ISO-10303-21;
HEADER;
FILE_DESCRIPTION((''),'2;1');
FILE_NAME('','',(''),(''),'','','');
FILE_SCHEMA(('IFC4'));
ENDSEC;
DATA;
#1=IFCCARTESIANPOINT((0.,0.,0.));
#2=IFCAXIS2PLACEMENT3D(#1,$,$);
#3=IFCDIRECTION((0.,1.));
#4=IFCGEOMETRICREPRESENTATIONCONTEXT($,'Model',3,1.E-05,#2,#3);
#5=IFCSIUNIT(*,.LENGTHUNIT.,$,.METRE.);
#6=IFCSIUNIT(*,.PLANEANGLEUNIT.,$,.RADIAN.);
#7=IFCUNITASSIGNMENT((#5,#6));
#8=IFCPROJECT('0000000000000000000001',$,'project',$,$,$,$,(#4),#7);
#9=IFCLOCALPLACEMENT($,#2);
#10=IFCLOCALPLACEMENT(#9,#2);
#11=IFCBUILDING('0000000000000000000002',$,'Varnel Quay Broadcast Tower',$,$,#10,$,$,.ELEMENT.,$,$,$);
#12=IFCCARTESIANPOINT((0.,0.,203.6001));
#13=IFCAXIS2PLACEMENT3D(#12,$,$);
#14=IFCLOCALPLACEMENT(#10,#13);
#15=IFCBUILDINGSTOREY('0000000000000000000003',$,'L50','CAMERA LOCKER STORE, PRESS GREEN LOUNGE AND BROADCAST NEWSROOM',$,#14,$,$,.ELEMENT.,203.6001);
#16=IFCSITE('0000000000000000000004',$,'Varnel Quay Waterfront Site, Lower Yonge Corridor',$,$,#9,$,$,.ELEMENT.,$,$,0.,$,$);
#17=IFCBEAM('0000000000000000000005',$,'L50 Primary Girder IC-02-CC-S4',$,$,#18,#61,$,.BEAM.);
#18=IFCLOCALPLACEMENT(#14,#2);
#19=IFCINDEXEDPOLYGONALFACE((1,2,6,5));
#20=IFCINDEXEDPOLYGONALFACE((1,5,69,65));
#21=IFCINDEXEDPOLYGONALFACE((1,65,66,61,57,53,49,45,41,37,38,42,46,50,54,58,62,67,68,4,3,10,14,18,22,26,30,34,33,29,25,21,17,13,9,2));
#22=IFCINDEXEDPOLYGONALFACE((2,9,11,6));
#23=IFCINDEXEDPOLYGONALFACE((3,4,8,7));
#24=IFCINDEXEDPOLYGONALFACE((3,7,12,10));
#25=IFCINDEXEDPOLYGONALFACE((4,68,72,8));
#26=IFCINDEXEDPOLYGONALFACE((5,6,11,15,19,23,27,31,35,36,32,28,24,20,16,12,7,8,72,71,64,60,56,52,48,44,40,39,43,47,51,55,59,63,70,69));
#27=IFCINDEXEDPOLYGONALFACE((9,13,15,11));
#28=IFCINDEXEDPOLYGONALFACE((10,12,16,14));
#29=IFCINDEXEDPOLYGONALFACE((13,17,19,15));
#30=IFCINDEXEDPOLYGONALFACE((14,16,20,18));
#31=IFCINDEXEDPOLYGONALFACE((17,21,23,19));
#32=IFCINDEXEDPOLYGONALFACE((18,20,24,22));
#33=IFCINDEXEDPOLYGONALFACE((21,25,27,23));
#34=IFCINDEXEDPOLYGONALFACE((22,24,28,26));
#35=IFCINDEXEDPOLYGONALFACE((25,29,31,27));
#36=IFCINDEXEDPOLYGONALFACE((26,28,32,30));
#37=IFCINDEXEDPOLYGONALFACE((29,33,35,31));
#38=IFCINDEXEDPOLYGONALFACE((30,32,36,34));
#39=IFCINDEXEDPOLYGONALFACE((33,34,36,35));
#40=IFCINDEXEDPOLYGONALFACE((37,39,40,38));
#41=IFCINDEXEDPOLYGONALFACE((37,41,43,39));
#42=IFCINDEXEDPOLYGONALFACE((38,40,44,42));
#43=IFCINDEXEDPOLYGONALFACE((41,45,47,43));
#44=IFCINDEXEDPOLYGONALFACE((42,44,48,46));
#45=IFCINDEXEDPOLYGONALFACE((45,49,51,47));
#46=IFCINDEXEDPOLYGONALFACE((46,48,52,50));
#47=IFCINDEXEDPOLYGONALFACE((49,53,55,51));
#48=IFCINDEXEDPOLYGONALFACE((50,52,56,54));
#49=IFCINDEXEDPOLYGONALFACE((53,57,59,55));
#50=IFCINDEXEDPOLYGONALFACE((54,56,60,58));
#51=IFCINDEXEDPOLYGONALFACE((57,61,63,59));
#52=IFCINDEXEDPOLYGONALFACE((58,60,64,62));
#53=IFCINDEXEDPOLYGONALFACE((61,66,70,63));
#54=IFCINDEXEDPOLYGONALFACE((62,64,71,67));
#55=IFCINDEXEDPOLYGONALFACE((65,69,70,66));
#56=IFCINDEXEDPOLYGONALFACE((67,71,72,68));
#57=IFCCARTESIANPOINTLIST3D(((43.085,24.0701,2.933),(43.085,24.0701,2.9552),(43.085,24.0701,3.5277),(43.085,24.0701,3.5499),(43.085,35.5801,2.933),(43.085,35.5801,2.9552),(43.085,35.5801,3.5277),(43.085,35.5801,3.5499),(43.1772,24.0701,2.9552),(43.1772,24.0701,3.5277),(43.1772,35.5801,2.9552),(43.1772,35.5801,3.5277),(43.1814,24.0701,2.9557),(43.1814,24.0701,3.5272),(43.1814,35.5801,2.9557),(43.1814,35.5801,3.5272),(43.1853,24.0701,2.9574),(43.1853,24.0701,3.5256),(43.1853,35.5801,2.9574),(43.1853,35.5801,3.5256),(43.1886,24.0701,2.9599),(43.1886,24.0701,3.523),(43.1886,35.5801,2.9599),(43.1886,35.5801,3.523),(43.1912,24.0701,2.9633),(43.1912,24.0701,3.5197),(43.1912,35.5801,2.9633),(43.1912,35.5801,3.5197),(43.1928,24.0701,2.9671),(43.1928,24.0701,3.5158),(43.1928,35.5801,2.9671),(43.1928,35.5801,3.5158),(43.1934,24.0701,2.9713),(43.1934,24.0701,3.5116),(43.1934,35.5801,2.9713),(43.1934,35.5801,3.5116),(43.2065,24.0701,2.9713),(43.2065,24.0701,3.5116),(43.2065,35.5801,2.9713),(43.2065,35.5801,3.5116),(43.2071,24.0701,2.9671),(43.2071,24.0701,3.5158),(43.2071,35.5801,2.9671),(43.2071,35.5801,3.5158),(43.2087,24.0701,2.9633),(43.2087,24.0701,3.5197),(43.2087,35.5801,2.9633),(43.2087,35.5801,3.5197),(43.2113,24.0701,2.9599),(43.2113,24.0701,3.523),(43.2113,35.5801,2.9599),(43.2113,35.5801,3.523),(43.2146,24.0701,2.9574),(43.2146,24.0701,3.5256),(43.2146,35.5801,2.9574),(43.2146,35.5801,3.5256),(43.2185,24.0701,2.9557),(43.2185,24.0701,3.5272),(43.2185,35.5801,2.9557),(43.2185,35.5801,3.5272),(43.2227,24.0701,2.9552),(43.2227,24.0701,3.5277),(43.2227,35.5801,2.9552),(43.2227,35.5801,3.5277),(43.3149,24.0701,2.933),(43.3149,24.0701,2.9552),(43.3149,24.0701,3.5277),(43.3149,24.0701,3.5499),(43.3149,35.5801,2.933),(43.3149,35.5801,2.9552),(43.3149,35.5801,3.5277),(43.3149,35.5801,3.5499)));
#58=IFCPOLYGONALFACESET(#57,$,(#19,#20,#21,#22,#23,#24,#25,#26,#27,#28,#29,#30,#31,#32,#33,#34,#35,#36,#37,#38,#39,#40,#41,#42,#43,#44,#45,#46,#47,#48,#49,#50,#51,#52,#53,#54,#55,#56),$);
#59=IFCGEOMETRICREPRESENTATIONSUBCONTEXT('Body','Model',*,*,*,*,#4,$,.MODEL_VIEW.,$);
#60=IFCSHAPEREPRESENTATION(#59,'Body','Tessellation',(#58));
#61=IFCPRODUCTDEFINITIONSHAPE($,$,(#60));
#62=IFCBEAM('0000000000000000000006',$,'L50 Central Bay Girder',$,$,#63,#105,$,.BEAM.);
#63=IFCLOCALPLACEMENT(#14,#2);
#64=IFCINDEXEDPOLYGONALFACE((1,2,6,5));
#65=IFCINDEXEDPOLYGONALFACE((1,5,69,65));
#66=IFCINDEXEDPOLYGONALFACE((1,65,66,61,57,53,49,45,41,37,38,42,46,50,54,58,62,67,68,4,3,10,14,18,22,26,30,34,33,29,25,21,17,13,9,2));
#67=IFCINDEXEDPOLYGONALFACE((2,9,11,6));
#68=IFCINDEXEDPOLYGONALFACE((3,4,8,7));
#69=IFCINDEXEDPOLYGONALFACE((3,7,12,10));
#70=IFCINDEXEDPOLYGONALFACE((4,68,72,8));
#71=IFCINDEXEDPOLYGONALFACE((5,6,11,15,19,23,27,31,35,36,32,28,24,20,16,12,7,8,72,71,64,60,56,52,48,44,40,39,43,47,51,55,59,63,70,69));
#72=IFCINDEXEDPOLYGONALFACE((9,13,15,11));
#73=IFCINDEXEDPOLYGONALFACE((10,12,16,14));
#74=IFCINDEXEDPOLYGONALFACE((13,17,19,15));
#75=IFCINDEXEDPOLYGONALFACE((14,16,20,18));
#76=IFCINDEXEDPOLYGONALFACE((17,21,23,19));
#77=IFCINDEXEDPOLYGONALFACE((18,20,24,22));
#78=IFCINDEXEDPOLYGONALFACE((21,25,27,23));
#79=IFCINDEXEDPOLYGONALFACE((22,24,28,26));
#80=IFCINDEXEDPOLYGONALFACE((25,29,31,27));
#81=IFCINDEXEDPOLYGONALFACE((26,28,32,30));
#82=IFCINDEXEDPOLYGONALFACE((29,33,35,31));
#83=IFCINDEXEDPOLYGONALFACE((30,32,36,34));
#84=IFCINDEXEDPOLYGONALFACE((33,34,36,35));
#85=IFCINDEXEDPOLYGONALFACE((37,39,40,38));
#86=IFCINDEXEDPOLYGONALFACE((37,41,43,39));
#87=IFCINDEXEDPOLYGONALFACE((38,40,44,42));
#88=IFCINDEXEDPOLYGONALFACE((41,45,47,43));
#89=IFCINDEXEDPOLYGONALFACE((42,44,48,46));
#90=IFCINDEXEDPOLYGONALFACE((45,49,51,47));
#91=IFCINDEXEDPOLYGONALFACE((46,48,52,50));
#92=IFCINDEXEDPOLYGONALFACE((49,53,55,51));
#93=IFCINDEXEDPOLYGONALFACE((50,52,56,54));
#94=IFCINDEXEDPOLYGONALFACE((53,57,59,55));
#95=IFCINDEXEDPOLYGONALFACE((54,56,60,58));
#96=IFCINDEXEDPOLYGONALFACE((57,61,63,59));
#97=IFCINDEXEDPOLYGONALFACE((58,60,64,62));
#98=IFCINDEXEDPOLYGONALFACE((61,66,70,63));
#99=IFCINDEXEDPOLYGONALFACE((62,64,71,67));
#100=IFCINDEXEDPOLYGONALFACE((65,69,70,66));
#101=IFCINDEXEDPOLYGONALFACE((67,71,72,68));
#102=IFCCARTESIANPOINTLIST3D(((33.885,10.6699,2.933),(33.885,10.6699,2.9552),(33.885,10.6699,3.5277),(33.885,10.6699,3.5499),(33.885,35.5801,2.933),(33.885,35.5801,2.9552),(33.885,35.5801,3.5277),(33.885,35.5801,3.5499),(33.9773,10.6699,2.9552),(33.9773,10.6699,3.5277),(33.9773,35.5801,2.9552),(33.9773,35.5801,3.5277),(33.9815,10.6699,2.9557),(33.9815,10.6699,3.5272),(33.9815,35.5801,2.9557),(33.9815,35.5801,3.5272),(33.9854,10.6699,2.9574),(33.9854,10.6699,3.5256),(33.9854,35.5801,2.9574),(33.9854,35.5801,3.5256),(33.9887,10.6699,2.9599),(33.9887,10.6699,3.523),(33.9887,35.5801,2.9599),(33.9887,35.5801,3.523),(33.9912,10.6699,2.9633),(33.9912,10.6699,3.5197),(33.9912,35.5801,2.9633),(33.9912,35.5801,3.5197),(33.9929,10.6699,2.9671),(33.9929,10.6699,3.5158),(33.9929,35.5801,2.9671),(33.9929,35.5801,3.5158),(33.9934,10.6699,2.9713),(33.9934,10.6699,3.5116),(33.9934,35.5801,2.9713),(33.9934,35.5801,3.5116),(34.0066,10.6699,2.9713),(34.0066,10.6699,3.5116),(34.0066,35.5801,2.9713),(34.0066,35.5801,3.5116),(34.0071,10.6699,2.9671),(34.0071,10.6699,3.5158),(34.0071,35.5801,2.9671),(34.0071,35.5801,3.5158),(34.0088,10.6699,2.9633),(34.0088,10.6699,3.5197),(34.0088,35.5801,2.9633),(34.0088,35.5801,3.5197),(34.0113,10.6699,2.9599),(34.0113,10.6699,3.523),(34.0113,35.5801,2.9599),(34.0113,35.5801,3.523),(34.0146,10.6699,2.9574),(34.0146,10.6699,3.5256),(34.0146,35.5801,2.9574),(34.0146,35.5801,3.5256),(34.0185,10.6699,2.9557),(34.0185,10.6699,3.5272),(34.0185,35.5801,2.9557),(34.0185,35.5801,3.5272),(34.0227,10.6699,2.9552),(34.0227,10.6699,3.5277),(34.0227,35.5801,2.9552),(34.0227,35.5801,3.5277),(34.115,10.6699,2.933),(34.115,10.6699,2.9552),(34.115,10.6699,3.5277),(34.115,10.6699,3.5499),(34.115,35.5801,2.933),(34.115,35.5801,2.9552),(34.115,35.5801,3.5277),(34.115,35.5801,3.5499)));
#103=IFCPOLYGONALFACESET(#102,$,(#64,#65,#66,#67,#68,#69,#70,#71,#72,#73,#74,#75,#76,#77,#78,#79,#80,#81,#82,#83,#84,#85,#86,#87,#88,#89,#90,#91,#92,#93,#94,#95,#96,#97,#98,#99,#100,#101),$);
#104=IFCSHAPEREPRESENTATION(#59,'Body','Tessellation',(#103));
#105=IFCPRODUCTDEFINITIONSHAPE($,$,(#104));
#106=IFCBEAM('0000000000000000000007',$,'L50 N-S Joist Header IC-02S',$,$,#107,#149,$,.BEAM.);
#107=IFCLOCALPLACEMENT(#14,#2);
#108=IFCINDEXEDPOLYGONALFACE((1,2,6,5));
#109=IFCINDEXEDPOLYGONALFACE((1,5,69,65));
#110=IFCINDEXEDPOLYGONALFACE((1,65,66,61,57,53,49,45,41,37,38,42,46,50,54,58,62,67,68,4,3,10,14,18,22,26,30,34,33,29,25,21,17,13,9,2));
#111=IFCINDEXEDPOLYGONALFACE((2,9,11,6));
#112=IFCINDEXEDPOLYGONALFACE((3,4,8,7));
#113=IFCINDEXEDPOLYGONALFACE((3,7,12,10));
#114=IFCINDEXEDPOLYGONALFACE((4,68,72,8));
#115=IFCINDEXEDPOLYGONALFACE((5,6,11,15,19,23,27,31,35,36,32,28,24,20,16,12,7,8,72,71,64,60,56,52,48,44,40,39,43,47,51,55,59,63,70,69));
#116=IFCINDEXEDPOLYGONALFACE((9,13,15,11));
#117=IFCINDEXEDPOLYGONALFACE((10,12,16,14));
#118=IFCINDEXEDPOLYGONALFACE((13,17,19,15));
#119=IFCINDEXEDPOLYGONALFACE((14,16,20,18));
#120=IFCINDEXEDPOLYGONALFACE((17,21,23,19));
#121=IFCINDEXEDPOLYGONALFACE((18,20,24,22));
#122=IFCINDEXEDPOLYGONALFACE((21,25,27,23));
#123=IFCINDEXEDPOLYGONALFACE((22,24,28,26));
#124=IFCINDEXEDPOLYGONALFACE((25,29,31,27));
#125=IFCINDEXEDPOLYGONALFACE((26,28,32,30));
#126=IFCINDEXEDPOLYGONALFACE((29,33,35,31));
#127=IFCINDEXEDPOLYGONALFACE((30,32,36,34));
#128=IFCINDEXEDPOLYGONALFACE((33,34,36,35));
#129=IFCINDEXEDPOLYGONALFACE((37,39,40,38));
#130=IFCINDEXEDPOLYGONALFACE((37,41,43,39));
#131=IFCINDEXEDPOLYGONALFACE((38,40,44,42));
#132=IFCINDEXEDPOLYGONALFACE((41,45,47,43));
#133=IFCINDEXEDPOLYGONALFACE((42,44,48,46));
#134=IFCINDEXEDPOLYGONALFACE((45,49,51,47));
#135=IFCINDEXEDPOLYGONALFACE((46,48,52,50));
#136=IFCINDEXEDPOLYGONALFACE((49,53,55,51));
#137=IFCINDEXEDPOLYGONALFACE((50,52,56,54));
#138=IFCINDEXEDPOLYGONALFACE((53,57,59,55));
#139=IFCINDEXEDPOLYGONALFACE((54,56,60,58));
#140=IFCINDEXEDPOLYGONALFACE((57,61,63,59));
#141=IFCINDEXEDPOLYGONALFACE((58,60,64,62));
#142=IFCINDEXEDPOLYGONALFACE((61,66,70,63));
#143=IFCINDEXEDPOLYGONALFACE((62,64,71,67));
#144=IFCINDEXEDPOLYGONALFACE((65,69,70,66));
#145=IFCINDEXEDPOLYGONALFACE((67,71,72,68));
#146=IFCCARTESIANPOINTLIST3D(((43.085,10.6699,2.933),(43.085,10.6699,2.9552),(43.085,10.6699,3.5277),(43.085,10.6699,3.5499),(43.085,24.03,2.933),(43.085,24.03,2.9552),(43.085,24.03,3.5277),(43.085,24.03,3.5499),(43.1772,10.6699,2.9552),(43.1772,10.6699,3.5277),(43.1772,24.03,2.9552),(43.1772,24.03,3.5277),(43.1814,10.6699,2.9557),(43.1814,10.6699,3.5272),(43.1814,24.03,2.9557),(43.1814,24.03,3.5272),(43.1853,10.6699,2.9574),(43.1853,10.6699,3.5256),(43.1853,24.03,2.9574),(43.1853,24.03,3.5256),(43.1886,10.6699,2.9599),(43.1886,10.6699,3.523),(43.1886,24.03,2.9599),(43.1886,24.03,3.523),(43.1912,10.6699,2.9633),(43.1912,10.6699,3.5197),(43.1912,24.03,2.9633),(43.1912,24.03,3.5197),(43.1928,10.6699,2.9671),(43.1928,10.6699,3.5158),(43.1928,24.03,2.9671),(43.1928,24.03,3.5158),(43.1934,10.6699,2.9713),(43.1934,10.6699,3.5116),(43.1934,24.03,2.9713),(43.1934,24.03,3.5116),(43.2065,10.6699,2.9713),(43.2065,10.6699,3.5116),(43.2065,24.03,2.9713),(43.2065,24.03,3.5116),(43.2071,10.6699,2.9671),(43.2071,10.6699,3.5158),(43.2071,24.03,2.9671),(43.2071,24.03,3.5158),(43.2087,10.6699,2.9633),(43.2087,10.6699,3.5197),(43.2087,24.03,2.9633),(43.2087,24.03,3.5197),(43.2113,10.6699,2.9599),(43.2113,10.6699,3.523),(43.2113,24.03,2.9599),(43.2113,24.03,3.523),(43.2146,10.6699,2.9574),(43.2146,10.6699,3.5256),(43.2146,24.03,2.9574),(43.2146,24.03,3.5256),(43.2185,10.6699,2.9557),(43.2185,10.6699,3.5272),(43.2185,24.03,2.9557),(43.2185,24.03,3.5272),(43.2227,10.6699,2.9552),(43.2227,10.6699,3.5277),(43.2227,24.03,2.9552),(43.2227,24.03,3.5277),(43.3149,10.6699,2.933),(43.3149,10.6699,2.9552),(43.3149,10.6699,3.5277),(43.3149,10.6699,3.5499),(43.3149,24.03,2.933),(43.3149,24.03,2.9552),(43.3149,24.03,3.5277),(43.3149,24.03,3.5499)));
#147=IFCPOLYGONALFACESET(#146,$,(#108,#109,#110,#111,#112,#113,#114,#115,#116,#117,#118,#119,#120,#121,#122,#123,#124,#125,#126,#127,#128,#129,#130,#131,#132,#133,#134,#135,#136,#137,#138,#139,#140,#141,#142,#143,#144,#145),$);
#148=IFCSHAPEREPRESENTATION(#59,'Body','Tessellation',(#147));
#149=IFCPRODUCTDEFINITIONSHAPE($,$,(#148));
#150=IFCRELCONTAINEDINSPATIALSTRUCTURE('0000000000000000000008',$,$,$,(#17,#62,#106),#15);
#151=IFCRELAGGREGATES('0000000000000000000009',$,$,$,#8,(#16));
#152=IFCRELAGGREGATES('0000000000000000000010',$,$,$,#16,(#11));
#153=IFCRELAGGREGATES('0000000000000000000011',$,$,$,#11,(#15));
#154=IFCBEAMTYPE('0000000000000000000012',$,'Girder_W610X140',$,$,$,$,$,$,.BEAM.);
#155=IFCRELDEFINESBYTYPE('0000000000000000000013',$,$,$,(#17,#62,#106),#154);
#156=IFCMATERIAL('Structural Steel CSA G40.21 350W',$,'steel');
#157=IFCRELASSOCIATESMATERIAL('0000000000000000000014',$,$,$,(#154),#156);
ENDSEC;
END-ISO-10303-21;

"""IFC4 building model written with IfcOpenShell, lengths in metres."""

from ifc_helpers import new_model, si_unit, direction, frame, origin, origin_2d, place, context, subcontext, project, spatial, i_section, extrude, source, transform, mapped, material, material_profile, profile_set, type_object, element, save


model = new_model("IFC4")

# Units and contexts
model_context = context("Model", 3, precision=1e-05, world=origin(), true_north=direction((0.0, 1.0)))
body_context = subcontext(model_context, "Body", "Model", "MODEL_VIEW")
ifc_project = project(units=[si_unit("LENGTHUNIT", "METRE"), si_unit("PLANEANGLEUNIT", "RADIAN")], contexts=[model_context])

# Site, building, storey
site_placement = place(None, origin())
site = spatial("IfcSite", under=ifc_project, at=site_placement, Name="Varnel Quay Waterfront Site, Lower Yonge Corridor", CompositionType="ELEMENT", RefElevation=0.0)
building_placement = place(site_placement, origin())
building = spatial("IfcBuilding", under=site, at=building_placement, Name="Varnel Quay Broadcast Tower", CompositionType="ELEMENT")
storey_placement = place(building_placement, frame((0.0, 0.0, 203.6001)))
storey = spatial("IfcBuildingStorey", under=building, at=storey_placement, Name="L50", Description="CAMERA LOCKER STORE, PRESS GREEN LOUNGE AND BROADCAST NEWSROOM", CompositionType="ELEMENT", Elevation=203.6001)

# Shared definitions
ifc_material_1 = material(Name="Structural Steel CSA G40.21 350W", Category="steel")

# Beams
ifc_material_profile_1 = material_profile(ifc_material_1, i_section(OverallWidth=0.23, OverallDepth=0.6169, WebThickness=0.0132, FlangeThickness=0.0222, FilletRadius=0.0161, at=origin_2d()), Name="W610X140")
ifc_profile_set_1 = profile_set([ifc_material_profile_1], Name="Structural Steel CSA G40.21 350W")
beam_type_1 = type_object("IfcBeamType", Name="Girder_W610X140", PredefinedType="BEAM", material=ifc_profile_set_1)
shared_shape_1 = source(origin(), body_context, "Body", "SweptSolid", [
    extrude(i_section(OverallWidth=0.23, OverallDepth=0.6169, WebThickness=0.0132, FlangeThickness=0.0222, FilletRadius=0.0161, at=origin_2d()), origin(), (0.0, 0.0, 1.0), 11.51),
])
beam_1_placement = place(storey_placement, frame((43.2, 24.0701, 3.2415), z_axis=(0.0, 1.0, 0.0), x_axis=(-1.0, 0.0, 0.0)))
element("IfcBeam", 1, at=beam_1_placement, inside=storey, type_object=beam_type_1, Name="L50 Primary Girder IC-02-CC-S4", PredefinedType="BEAM", context=body_context, shape_type="MappedRepresentation", body=[
    mapped(shared_shape_1, transform((0.0, 0.0, 0.0), x_axis=(1.0, 0.0, 0.0), y_axis=(0.0, 1.0, 0.0), z_axis=(0.0, 0.0, 1.0), scale=1.0)),
])
shared_shape_2 = source(origin(), body_context, "Body", "SweptSolid", [
    extrude(i_section(OverallWidth=0.23, OverallDepth=0.6169, WebThickness=0.0132, FlangeThickness=0.0222, FilletRadius=0.0161, at=origin_2d()), origin(), (0.0, 0.0, 1.0), 24.9102),
])
beam_2_placement = place(storey_placement, frame((34.0, 10.6699, 3.2415), z_axis=(0.0, 1.0, 0.0), x_axis=(-1.0, 0.0, 0.0)))
element("IfcBeam", 2, at=beam_2_placement, inside=storey, type_object=beam_type_1, Name="L50 Central Bay Girder", PredefinedType="BEAM", context=body_context, shape_type="MappedRepresentation", body=[
    mapped(shared_shape_2, transform((0.0, 0.0, 0.0), x_axis=(1.0, 0.0, 0.0), y_axis=(0.0, 1.0, 0.0), z_axis=(0.0, 0.0, 1.0), scale=1.0)),
])
shared_shape_3 = source(origin(), body_context, "Body", "SweptSolid", [
    extrude(i_section(OverallWidth=0.23, OverallDepth=0.6169, WebThickness=0.0132, FlangeThickness=0.0222, FilletRadius=0.0161, at=origin_2d()), origin(), (0.0, 0.0, 1.0), 13.3601),
])
beam_3_placement = place(storey_placement, frame((43.2, 10.6699, 3.2415), z_axis=(0.0, 1.0, 0.0), x_axis=(-1.0, 0.0, 0.0)))
element("IfcBeam", 3, at=beam_3_placement, inside=storey, type_object=beam_type_1, Name="L50 N-S Joist Header IC-02S", PredefinedType="BEAM", context=body_context, shape_type="MappedRepresentation", body=[
    mapped(shared_shape_3, transform((0.0, 0.0, 0.0), x_axis=(1.0, 0.0, 0.0), y_axis=(0.0, 1.0, 0.0), z_axis=(0.0, 0.0, 1.0), scale=1.0)),
])

save(model, "model.ifc")
